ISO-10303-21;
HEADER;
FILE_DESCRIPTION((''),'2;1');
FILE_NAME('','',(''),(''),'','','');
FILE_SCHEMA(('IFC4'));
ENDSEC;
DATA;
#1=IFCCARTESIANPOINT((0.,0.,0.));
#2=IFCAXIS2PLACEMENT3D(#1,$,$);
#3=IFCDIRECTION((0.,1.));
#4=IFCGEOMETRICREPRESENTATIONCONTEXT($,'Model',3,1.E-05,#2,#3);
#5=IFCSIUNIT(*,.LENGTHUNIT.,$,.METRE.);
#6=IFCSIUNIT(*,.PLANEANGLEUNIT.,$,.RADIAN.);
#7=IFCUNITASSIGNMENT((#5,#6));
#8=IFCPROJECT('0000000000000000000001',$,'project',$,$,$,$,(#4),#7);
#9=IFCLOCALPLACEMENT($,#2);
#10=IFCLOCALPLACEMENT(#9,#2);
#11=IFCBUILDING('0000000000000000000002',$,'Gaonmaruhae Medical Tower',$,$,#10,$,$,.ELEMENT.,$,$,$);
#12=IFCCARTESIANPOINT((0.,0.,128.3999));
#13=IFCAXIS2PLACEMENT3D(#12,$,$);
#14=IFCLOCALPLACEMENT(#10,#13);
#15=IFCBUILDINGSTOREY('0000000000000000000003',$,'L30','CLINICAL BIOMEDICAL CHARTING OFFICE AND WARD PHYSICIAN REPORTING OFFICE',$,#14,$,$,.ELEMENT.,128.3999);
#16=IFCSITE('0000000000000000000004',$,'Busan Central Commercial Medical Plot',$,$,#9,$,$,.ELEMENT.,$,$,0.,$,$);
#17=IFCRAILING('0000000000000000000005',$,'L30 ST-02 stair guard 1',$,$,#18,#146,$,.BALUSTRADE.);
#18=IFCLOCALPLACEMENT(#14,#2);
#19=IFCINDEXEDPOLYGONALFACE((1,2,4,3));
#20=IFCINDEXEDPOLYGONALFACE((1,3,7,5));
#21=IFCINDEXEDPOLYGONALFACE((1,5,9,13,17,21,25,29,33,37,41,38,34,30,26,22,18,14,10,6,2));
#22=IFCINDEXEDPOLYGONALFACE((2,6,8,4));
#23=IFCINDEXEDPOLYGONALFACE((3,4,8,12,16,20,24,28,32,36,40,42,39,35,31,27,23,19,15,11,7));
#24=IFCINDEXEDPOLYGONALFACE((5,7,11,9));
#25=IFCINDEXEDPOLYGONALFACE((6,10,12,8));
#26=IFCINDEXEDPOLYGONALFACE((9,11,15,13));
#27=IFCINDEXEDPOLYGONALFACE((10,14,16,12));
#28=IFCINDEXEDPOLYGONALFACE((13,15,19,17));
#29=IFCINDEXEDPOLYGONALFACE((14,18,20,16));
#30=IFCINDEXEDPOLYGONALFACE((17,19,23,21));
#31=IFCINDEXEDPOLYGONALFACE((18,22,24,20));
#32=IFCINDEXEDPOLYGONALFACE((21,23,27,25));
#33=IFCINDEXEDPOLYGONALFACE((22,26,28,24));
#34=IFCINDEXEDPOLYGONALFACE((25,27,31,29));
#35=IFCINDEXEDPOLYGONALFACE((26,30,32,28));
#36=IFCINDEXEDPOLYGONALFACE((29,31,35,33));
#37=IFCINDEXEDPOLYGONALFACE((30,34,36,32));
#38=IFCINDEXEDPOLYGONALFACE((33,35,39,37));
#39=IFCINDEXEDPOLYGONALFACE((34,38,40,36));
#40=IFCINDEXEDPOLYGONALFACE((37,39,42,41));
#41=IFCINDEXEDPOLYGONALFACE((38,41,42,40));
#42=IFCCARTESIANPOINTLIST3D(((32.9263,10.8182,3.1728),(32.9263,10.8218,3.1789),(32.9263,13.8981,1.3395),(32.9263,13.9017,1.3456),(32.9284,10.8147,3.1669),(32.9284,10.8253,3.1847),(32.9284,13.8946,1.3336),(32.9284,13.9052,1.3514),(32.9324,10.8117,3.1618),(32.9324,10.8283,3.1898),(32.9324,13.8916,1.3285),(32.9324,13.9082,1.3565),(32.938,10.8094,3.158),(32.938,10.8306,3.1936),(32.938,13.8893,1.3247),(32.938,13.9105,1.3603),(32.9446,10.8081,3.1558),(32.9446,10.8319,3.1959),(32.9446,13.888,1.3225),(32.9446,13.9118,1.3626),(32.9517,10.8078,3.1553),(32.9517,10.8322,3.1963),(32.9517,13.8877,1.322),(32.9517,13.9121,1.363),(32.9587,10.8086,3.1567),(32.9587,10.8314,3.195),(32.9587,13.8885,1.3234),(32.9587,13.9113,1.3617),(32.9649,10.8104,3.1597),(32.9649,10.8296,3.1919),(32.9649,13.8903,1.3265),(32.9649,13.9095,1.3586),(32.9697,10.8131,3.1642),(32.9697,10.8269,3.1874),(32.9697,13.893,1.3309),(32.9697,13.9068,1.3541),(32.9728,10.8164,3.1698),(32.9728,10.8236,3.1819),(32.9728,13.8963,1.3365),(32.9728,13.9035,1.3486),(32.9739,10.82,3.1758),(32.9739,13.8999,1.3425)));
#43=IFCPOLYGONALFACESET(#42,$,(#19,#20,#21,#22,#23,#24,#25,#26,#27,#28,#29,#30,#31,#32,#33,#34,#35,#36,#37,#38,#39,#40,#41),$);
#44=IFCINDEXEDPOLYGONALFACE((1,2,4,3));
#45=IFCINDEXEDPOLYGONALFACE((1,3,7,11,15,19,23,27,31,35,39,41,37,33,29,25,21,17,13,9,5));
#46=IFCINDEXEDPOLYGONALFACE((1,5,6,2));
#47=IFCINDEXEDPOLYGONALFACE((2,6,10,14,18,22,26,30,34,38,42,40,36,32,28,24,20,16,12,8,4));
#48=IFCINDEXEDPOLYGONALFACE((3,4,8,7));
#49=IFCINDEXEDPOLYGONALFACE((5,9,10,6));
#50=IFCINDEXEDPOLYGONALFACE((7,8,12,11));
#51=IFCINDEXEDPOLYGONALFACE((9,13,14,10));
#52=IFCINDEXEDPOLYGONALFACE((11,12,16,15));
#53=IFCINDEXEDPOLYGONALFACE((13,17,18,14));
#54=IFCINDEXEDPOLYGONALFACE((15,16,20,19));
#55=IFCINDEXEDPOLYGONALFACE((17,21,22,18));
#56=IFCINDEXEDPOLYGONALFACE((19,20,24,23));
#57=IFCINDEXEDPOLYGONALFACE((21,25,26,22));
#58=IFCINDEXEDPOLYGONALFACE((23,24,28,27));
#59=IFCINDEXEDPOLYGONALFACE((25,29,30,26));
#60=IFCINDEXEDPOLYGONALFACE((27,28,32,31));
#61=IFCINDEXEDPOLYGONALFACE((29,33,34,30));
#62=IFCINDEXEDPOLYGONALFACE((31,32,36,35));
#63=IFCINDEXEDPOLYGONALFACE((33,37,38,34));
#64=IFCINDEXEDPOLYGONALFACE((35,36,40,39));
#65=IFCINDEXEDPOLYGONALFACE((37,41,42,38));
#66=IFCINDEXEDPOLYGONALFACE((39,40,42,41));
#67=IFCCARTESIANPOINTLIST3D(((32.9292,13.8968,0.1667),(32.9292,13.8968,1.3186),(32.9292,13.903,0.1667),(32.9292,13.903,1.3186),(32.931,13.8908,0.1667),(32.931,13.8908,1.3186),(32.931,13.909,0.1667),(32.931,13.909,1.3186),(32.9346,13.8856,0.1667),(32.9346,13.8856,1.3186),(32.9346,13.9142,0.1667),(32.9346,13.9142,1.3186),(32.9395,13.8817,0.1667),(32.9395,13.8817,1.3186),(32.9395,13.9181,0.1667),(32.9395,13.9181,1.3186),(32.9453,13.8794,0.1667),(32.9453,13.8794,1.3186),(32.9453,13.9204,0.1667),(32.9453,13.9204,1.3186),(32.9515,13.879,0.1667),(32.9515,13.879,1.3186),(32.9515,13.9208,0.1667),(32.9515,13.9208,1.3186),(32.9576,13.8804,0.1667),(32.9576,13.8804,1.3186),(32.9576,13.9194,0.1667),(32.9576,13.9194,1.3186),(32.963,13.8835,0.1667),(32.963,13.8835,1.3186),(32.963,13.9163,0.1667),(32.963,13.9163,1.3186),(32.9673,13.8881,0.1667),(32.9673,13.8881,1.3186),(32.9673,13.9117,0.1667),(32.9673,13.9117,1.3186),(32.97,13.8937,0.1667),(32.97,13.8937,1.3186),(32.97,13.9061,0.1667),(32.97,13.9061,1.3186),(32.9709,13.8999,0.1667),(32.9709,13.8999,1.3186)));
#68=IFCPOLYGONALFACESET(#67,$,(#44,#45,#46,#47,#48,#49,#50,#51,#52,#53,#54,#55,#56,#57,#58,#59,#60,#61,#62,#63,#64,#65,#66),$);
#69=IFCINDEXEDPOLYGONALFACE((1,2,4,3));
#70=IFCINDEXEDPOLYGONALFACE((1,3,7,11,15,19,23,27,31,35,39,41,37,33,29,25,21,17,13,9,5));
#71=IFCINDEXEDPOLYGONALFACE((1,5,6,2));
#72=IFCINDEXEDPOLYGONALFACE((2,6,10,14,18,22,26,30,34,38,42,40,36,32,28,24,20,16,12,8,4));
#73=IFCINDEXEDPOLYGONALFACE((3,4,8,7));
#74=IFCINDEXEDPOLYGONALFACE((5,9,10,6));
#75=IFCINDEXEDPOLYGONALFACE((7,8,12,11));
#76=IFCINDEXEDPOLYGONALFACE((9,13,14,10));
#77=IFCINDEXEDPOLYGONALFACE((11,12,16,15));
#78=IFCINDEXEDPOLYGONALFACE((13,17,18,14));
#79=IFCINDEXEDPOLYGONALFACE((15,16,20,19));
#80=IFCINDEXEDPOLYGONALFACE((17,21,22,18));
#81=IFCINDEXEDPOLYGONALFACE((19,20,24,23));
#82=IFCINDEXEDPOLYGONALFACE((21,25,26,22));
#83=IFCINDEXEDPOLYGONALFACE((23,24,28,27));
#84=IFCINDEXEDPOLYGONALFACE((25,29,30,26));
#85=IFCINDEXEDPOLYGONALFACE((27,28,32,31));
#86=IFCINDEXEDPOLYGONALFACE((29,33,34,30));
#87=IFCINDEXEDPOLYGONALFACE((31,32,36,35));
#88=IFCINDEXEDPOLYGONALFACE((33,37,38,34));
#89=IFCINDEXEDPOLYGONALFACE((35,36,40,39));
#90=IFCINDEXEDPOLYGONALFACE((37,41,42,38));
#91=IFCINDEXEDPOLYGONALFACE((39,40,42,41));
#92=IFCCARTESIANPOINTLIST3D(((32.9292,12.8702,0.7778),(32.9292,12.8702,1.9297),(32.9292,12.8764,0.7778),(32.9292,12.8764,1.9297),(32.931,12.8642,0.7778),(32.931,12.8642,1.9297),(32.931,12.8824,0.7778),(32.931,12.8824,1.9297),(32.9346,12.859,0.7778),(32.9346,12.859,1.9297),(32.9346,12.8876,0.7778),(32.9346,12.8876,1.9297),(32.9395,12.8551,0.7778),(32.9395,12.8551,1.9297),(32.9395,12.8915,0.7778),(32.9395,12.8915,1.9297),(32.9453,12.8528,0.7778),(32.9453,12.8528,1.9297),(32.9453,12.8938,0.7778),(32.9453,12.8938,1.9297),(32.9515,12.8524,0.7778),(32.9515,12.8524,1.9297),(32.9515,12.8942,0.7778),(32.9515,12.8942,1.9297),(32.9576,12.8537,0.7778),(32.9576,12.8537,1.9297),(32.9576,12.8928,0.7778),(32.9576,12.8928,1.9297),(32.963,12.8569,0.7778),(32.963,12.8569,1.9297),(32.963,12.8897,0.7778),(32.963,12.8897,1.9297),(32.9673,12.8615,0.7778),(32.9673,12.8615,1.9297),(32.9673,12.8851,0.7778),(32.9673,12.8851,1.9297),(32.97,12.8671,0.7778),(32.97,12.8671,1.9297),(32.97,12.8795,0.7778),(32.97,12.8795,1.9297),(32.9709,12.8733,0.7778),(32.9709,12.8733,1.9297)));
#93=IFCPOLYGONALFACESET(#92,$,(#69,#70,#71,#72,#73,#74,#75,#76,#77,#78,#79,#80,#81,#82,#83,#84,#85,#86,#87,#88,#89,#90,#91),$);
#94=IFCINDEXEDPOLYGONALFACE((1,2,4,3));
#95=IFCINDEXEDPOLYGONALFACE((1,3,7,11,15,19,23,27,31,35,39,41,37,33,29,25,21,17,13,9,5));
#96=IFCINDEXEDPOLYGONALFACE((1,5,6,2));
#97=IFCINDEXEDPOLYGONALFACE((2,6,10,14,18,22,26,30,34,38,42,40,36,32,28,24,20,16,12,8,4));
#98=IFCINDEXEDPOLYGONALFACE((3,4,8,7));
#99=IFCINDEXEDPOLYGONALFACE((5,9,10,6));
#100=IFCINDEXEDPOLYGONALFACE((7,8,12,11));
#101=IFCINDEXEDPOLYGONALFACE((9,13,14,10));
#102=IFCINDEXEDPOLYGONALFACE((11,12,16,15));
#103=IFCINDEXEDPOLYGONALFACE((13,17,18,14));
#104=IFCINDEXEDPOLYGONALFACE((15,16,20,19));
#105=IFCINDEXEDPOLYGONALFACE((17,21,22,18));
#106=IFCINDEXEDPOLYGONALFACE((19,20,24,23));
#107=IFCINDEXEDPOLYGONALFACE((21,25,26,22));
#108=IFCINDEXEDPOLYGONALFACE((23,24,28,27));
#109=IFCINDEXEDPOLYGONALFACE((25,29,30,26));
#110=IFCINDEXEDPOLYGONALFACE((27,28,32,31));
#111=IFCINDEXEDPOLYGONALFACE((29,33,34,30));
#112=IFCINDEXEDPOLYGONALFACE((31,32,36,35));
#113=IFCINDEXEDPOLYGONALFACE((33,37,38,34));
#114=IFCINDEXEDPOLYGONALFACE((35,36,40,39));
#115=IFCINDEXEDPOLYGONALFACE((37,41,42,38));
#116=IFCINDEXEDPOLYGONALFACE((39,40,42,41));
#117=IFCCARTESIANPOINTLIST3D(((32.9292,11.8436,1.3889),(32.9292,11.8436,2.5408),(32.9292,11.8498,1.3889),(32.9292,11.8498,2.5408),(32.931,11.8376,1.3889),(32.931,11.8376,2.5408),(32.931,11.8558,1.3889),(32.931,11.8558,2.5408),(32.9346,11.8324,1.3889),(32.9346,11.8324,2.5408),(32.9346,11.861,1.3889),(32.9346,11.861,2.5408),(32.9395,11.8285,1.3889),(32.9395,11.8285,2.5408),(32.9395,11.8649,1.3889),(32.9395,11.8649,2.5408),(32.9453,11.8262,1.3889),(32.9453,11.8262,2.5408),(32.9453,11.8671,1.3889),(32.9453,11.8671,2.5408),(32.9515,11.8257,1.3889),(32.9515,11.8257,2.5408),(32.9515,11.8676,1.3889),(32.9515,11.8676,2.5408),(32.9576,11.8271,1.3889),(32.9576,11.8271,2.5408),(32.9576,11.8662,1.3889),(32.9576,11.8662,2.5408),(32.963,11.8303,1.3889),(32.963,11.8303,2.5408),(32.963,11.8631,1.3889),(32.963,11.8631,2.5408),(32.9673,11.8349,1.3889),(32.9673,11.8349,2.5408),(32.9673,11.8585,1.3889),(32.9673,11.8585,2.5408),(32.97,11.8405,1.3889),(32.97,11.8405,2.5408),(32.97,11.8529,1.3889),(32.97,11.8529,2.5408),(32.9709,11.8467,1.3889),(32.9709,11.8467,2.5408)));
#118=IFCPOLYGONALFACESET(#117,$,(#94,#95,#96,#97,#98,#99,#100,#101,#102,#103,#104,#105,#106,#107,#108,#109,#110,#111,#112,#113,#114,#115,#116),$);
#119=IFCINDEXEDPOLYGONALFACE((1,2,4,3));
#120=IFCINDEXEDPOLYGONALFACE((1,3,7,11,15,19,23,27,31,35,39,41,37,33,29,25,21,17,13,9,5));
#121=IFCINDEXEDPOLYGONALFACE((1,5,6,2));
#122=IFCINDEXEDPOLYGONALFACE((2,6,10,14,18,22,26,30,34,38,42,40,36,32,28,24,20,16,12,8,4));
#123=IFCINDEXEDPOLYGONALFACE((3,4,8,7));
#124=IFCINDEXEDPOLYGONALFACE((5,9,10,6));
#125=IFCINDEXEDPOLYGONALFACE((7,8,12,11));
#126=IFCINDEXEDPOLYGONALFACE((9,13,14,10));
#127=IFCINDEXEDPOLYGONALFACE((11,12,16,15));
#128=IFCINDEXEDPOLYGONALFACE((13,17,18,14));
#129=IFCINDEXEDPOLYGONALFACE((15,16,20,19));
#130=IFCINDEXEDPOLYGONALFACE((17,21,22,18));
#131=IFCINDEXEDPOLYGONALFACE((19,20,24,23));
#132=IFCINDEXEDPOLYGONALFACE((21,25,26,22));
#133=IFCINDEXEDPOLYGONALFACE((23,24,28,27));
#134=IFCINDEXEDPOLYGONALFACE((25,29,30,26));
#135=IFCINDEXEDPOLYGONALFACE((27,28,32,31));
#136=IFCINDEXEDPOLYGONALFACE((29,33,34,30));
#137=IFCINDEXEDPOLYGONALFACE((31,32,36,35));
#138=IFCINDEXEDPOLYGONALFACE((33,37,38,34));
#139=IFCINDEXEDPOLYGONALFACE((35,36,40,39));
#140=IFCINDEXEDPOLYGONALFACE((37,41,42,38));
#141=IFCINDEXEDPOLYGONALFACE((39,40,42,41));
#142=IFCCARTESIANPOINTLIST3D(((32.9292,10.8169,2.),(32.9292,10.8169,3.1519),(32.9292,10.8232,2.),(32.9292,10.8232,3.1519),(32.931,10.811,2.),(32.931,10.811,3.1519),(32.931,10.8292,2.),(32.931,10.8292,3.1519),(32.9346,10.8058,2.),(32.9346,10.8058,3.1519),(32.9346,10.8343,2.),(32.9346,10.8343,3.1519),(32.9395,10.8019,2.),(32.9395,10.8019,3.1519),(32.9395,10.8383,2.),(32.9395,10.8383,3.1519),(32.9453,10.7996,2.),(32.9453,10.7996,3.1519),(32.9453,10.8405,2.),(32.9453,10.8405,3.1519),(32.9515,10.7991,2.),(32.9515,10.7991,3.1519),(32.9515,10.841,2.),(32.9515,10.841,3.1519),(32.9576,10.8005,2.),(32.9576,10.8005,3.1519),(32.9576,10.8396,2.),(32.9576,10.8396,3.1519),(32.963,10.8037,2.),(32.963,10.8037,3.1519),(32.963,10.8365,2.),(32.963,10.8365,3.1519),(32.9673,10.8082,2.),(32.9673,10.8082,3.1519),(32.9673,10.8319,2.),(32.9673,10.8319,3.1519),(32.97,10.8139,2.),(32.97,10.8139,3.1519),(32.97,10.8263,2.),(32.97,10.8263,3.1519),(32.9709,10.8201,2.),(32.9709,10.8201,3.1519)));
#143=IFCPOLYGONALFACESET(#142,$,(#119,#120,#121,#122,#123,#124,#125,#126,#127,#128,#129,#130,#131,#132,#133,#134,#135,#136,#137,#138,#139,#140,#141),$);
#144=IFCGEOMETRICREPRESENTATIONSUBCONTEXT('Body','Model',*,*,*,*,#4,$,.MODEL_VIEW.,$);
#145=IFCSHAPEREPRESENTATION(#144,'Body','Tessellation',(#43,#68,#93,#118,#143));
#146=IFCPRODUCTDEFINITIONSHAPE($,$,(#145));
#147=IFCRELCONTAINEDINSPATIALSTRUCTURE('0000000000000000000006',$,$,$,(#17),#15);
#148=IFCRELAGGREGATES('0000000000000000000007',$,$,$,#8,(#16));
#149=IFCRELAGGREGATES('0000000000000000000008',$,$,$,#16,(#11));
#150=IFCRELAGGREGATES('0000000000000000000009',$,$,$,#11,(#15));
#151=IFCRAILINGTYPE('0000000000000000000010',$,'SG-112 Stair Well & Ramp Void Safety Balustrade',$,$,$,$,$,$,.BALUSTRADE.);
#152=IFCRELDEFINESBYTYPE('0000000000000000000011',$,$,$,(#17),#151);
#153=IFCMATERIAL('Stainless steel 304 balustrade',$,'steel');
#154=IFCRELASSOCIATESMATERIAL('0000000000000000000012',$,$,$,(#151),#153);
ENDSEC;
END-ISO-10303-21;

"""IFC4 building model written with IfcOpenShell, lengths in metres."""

from ifc_helpers import new_model, si_unit, direction, frame, origin, origin_2d, place, context, subcontext, project, spatial, circle, extrude, material, type_object, element, save


model = new_model("IFC4")

# Units and contexts
model_context = context("Model", 3, precision=1e-05, world=origin(), true_north=direction((0.0, 1.0)))
body_context = subcontext(model_context, "Body", "Model", "MODEL_VIEW")
ifc_project = project(units=[si_unit("LENGTHUNIT", "METRE"), si_unit("PLANEANGLEUNIT", "RADIAN")], contexts=[model_context])

# Site, building, storey
site_placement = place(None, origin())
site = spatial("IfcSite", under=ifc_project, at=site_placement, Name="Busan Central Commercial Medical Plot", CompositionType="ELEMENT", RefElevation=0.0)
building_placement = place(site_placement, origin())
building = spatial("IfcBuilding", under=site, at=building_placement, Name="Gaonmaruhae Medical Tower", CompositionType="ELEMENT")
storey_placement = place(building_placement, frame((0.0, 0.0, 128.3999)))
storey = spatial("IfcBuildingStorey", under=building, at=storey_placement, Name="L30", Description="CLINICAL BIOMEDICAL CHARTING OFFICE AND WARD PHYSICIAN REPORTING OFFICE", CompositionType="ELEMENT", Elevation=128.3999)

# Railing
ifc_material_1 = material(Name="Stainless steel 304 balustrade", Category="steel")
railing_type = type_object("IfcRailingType", Name="SG-112 Stair Well & Ramp Void Safety Balustrade", PredefinedType="BALUSTRADE", material=ifc_material_1)
railing_1_placement = place(storey_placement, frame((32.95, 13.8999, 0.1667)))
element("IfcRailing", 1, at=railing_1_placement, inside=storey, type_object=railing_type, Name="L30 ST-02 stair guard 1", PredefinedType="BALUSTRADE", context=body_context, shape_type="SweptSolid", body=[
    extrude(circle(Radius=0.0239, at=origin_2d()), frame((0.0, 0.0, 1.1758), z_axis=(0.0, -0.859291, 0.511487), x_axis=(1.0, 0.0, 0.0)), (0.0, 0.0, 1.0), 3.5842),
    extrude(circle(Radius=0.021, at=origin_2d()), origin(), (0.0, 0.0, 1.0), 1.1519),
    extrude(circle(Radius=0.021, at=origin_2d()), frame((0.0, -1.0266, 0.6111)), (0.0, 0.0, 1.0), 1.1519),
    extrude(circle(Radius=0.021, at=origin_2d()), frame((0.0, -2.0532, 1.2222)), (0.0, 0.0, 1.0), 1.1519),
    extrude(circle(Radius=0.021, at=origin_2d()), frame((0.0, -3.0798, 1.8333)), (0.0, 0.0, 1.0), 1.1519),
])

save(model, "model.ifc")
